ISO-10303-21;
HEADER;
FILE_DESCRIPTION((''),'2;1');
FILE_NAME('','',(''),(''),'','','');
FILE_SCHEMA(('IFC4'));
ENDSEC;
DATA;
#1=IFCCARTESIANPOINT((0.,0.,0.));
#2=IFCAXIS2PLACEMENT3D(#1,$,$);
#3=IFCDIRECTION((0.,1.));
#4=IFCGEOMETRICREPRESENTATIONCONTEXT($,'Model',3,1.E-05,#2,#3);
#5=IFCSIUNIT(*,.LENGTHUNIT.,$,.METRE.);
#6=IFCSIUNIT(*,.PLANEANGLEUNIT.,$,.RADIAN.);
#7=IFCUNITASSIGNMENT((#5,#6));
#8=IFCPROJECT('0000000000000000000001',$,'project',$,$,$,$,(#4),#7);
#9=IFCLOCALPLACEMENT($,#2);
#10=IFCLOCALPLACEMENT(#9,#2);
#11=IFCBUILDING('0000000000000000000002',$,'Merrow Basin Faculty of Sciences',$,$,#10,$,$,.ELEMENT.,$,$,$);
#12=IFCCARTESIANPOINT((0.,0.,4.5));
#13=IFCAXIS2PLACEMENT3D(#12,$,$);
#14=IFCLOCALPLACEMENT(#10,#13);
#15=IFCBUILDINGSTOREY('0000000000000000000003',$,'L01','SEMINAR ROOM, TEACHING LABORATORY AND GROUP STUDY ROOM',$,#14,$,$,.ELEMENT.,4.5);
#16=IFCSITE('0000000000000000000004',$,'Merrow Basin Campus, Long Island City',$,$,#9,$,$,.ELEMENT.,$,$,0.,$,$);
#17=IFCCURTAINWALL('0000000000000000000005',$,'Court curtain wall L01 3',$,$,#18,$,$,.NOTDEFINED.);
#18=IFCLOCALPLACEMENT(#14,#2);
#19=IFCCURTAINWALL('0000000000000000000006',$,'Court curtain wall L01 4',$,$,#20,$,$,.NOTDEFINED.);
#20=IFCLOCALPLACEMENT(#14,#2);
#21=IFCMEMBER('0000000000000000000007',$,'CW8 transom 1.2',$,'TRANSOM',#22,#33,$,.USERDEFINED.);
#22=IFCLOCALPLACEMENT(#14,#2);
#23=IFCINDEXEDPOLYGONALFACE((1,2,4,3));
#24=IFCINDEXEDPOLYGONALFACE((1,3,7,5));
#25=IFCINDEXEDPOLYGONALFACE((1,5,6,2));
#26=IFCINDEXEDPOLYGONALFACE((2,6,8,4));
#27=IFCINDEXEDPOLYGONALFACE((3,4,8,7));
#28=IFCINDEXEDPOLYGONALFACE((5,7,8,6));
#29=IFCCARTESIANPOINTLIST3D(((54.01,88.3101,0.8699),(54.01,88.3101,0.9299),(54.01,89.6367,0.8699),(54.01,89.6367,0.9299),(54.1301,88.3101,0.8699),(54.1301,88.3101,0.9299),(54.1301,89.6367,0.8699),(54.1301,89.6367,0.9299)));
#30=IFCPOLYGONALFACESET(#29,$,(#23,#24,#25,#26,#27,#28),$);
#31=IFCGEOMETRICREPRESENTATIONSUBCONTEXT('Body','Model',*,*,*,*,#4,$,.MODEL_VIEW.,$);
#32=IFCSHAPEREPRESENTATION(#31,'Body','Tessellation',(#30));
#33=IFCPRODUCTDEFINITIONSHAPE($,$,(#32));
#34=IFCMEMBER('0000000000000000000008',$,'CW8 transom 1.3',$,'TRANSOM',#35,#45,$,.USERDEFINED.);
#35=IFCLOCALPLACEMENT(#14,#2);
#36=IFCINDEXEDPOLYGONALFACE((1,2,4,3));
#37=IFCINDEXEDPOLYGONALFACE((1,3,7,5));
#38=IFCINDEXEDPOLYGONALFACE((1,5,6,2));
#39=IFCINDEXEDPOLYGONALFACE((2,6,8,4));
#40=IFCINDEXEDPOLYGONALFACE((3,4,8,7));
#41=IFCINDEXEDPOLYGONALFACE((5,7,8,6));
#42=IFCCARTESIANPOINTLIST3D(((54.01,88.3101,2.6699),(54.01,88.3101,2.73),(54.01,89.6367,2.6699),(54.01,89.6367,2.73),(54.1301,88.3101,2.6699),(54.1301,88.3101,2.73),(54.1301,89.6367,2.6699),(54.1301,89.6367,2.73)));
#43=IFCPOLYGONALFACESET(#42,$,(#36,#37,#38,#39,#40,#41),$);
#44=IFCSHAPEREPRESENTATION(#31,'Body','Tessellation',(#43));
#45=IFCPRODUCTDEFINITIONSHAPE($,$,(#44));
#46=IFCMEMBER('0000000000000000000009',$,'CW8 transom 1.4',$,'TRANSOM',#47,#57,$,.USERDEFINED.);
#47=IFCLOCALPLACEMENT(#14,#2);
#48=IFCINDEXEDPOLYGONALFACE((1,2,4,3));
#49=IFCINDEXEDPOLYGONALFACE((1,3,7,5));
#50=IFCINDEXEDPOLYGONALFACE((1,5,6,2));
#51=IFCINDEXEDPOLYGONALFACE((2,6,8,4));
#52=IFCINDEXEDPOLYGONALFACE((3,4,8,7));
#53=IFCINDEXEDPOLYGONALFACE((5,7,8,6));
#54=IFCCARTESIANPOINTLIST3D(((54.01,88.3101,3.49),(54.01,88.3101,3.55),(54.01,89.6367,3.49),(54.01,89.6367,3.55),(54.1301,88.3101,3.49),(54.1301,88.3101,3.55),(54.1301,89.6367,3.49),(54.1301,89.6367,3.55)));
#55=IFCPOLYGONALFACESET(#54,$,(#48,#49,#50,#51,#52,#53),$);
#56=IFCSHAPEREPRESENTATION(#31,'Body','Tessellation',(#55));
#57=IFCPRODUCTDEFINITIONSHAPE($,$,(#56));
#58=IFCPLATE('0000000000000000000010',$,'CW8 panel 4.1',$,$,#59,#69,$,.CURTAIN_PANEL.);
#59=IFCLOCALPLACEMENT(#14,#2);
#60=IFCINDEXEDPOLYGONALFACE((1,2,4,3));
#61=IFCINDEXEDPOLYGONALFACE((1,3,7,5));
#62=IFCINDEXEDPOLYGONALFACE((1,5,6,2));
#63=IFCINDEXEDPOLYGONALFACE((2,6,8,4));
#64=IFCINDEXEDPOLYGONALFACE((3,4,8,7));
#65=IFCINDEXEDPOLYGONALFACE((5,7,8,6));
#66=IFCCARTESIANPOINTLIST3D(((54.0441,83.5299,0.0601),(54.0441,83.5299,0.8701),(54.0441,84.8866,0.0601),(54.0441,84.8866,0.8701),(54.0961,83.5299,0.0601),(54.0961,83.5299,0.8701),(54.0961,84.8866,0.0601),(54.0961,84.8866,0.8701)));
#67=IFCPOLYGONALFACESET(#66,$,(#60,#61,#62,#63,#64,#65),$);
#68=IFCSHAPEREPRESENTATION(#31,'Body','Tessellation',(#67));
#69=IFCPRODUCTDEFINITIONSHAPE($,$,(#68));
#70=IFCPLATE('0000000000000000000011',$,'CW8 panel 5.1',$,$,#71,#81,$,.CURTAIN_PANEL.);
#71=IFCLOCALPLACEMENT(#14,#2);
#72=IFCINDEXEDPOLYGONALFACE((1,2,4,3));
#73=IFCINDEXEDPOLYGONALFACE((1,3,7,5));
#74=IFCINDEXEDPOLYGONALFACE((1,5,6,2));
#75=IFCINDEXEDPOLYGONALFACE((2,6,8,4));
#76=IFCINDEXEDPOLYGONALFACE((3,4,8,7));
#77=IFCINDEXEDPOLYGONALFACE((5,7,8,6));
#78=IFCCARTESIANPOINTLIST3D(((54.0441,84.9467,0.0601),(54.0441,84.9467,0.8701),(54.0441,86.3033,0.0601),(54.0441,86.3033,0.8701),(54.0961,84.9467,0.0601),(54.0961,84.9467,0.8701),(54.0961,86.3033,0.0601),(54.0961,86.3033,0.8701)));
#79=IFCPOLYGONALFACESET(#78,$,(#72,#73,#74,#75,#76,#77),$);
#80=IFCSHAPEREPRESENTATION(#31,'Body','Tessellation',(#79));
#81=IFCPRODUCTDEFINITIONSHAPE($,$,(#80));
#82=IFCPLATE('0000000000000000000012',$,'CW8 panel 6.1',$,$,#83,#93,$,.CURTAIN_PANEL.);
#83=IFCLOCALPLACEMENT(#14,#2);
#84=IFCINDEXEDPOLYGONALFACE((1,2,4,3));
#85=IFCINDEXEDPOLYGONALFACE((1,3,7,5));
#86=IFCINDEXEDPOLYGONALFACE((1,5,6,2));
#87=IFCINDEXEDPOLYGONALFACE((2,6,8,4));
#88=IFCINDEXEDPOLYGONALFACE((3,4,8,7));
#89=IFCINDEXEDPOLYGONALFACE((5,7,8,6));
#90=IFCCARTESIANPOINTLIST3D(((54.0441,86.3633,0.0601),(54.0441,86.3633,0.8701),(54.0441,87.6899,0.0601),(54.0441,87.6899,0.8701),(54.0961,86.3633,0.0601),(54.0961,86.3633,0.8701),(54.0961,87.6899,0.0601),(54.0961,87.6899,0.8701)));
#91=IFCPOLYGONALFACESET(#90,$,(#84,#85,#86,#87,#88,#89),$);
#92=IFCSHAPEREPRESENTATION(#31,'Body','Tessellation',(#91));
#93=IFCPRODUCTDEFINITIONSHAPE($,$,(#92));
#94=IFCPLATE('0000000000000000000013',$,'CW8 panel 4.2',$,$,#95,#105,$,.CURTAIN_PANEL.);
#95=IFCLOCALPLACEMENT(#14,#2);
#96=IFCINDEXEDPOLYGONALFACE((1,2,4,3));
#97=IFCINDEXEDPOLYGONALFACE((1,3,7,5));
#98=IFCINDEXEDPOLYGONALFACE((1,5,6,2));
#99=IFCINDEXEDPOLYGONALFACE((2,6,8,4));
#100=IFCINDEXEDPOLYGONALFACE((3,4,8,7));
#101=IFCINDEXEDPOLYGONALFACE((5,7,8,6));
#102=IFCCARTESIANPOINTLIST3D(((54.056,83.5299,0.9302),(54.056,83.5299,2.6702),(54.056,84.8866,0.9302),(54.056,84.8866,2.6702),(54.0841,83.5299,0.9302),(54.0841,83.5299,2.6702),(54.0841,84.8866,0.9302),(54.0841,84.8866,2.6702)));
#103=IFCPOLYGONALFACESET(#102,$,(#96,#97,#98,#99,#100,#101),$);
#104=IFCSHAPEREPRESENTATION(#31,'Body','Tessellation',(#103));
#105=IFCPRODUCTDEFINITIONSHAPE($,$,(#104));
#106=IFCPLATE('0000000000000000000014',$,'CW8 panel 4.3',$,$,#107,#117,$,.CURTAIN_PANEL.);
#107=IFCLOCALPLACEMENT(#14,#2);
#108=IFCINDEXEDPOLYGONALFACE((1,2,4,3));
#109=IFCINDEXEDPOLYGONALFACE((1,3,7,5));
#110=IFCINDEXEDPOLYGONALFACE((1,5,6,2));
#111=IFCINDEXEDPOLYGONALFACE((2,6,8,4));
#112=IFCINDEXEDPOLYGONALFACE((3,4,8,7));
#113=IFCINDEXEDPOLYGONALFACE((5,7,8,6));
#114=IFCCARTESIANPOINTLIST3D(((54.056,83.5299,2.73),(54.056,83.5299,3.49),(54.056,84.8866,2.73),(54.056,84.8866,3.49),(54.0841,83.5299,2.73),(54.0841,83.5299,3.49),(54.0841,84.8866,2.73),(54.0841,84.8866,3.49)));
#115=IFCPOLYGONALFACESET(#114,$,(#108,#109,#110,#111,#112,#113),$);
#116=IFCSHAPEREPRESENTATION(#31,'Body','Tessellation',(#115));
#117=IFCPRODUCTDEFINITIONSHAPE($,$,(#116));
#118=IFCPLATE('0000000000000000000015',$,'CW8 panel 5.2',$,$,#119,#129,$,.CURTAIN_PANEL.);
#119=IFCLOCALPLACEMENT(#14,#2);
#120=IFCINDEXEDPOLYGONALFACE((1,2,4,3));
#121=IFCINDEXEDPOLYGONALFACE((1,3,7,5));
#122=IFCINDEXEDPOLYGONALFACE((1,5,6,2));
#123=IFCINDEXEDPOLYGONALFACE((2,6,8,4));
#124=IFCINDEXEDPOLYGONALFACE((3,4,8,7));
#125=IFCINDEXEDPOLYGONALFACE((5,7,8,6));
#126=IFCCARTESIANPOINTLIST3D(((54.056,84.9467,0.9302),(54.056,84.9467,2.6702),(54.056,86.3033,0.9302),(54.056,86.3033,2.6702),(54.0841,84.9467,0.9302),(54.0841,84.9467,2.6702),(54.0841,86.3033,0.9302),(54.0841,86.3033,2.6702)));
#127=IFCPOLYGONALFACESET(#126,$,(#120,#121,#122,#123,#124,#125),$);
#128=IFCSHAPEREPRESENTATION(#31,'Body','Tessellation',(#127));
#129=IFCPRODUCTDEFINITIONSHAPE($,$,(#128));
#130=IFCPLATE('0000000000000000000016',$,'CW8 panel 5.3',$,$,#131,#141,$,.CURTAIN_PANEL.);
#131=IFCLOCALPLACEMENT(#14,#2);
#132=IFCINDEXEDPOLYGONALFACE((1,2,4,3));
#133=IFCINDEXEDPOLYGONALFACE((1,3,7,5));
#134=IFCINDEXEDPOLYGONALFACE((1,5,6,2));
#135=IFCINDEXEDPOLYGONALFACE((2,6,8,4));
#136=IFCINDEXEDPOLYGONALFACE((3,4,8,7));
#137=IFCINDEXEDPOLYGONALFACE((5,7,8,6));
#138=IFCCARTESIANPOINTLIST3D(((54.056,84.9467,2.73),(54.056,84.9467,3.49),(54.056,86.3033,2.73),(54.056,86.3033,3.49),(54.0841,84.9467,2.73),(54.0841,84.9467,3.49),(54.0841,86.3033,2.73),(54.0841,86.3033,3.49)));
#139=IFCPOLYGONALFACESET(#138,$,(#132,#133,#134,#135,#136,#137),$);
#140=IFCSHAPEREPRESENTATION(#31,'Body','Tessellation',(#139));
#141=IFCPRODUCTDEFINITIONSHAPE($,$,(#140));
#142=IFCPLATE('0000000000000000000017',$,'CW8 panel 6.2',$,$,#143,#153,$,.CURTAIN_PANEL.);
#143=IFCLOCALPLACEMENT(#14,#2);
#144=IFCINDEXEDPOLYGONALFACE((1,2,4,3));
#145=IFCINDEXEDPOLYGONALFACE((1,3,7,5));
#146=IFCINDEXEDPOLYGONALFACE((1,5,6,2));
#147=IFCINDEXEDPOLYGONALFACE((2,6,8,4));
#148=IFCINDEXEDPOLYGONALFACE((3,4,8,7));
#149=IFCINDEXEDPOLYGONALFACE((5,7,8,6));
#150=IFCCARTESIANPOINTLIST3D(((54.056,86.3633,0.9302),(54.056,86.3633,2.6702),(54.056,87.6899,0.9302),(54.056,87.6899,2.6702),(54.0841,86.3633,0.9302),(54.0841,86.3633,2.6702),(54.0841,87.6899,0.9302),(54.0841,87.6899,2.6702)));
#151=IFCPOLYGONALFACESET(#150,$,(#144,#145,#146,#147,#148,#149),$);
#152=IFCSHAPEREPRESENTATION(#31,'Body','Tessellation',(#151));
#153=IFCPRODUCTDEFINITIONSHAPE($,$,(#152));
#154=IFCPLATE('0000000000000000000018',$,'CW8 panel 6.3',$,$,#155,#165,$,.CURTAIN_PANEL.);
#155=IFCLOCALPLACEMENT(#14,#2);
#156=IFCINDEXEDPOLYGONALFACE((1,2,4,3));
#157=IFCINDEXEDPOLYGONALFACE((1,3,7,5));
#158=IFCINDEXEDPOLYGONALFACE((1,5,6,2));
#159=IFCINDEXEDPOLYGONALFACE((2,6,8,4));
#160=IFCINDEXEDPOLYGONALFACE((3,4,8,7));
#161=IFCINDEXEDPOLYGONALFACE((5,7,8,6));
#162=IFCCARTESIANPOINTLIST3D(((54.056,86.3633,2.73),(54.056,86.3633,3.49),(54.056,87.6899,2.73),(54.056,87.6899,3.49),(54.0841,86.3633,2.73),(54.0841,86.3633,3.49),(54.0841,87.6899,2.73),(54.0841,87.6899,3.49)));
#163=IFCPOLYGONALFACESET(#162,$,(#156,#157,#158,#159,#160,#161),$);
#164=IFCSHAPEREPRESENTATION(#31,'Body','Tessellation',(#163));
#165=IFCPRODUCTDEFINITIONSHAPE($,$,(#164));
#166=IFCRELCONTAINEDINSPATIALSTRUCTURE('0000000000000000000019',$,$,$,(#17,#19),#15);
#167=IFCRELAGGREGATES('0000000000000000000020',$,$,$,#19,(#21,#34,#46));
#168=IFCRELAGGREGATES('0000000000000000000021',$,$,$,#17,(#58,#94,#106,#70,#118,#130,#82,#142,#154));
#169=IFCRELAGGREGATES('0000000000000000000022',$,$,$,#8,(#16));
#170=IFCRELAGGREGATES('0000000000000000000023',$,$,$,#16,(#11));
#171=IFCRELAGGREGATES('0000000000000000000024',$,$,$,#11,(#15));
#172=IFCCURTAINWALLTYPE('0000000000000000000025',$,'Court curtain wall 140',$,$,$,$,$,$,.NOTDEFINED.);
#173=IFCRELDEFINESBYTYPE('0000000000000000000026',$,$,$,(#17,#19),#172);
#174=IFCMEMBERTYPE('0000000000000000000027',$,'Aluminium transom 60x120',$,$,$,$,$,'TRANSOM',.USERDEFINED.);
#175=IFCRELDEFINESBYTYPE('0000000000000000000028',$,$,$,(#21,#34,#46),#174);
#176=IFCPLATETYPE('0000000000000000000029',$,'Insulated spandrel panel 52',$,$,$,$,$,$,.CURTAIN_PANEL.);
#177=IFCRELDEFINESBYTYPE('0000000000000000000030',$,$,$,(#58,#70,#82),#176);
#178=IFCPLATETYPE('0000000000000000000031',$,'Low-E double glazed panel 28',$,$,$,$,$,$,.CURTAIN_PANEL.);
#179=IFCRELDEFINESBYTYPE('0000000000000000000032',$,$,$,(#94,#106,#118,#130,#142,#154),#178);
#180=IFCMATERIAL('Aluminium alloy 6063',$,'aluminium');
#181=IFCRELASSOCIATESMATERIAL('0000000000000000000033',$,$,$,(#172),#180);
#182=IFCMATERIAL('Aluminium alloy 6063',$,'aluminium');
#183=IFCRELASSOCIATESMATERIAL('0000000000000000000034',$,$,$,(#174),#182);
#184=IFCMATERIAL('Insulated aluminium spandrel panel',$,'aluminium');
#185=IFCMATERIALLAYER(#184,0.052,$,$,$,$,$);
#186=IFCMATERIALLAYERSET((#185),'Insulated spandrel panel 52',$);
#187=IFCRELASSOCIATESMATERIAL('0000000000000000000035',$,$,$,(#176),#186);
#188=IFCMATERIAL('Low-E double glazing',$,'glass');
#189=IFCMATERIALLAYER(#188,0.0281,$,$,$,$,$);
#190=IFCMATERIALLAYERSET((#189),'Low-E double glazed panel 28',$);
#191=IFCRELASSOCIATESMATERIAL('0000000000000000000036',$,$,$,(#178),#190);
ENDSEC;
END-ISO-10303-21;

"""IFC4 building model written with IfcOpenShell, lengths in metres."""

from ifc_helpers import new_model, si_unit, direction, frame, origin, origin_2d, place, context, subcontext, project, spatial, rectangle, extrude, material, layer, layer_set, material_profile, profile_set, type_object, element, aggregate, save


model = new_model("IFC4")

# Units and contexts
model_context = context("Model", 3, precision=1e-05, world=origin(), true_north=direction((0.0, 1.0)))
body_context = subcontext(model_context, "Body", "Model", "MODEL_VIEW")
ifc_project = project(units=[si_unit("LENGTHUNIT", "METRE"), si_unit("PLANEANGLEUNIT", "RADIAN")], contexts=[model_context])

# Site, building, storey
site_placement = place(None, origin())
site = spatial("IfcSite", under=ifc_project, at=site_placement, Name="Merrow Basin Campus, Long Island City", CompositionType="ELEMENT", RefElevation=0.0)
building_placement = place(site_placement, origin())
building = spatial("IfcBuilding", under=site, at=building_placement, Name="Merrow Basin Faculty of Sciences", CompositionType="ELEMENT")
storey_placement = place(building_placement, frame((0.0, 0.0, 4.5)))
storey = spatial("IfcBuildingStorey", under=building, at=storey_placement, Name="L01", Description="SEMINAR ROOM, TEACHING LABORATORY AND GROUP STUDY ROOM", CompositionType="ELEMENT", Elevation=4.5)

# Curtain wall
ifc_material_1 = material(Name="Aluminium alloy 6063", Category="aluminium")
curtain_wall_type = type_object("IfcCurtainWallType", Name="Court curtain wall 140", PredefinedType="NOTDEFINED", material=ifc_material_1)
curtain_wall_1_placement = place(storey_placement, origin())
curtain_wall_1 = element("IfcCurtainWall", 1, at=curtain_wall_1_placement, inside=storey, type_object=curtain_wall_type, Name="Court curtain wall L01 3", PredefinedType="NOTDEFINED")

# Curtain wall
curtain_wall_2_placement = place(storey_placement, origin())
curtain_wall_2 = element("IfcCurtainWall", 2, at=curtain_wall_2_placement, inside=storey, type_object=curtain_wall_type, Name="Court curtain wall L01 4", PredefinedType="NOTDEFINED")

# Members
ifc_material_2 = material(Name="Aluminium alloy 6063", Category="aluminium")
ifc_material_profile_1 = material_profile(ifc_material_2, rectangle(XDim=0.1201, YDim=0.0601, at=origin_2d()))
ifc_profile_set_1 = profile_set([ifc_material_profile_1], Name="Aluminium alloy 6063")
member_type_1 = type_object("IfcMemberType", Name="Aluminium transom 60x120", ElementType="TRANSOM", PredefinedType="USERDEFINED", material=ifc_profile_set_1)
member_1_placement = place(storey_placement, frame((54.0701, 88.3101, 0.8999), z_axis=(0.0, 1.0, 0.0), x_axis=(-1.0, 0.0, 0.0)))
member_1 = element("IfcMember", 3, at=member_1_placement, type_object=member_type_1, Name="CW8 transom 1.2", ObjectType="TRANSOM", PredefinedType="USERDEFINED", context=body_context, shape_type="SweptSolid", body=[
    extrude(rectangle(XDim=0.1201, YDim=0.0601, at=origin_2d()), origin(), (0.0, 0.0, 1.0), 1.3267),
])
member_2_placement = place(storey_placement, frame((54.0701, 88.3101, 2.7), z_axis=(0.0, 1.0, 0.0), x_axis=(-1.0, 0.0, 0.0)))
member_2 = element("IfcMember", 4, at=member_2_placement, type_object=member_type_1, Name="CW8 transom 1.3", ObjectType="TRANSOM", PredefinedType="USERDEFINED", context=body_context, shape_type="SweptSolid", body=[
    extrude(rectangle(XDim=0.1201, YDim=0.0601, at=origin_2d()), origin(), (0.0, 0.0, 1.0), 1.3267),
])
member_3_placement = place(storey_placement, frame((54.0701, 88.3101, 3.52), z_axis=(0.0, 1.0, 0.0), x_axis=(-1.0, 0.0, 0.0)))
member_3 = element("IfcMember", 5, at=member_3_placement, type_object=member_type_1, Name="CW8 transom 1.4", ObjectType="TRANSOM", PredefinedType="USERDEFINED", context=body_context, shape_type="SweptSolid", body=[
    extrude(rectangle(XDim=0.1201, YDim=0.0601, at=origin_2d()), origin(), (0.0, 0.0, 1.0), 1.3267),
])
aggregate(curtain_wall_2, [member_1, member_2, member_3])

# Plates
ifc_material_3 = material(Name="Insulated aluminium spandrel panel", Category="aluminium")
ifc_layer_1 = layer(ifc_material_3, 0.052)
ifc_layer_set_1 = layer_set([ifc_layer_1], Name="Insulated spandrel panel 52")
plate_type_1 = type_object("IfcPlateType", Name="Insulated spandrel panel 52", PredefinedType="CURTAIN_PANEL", material=ifc_layer_set_1)
plate_1_placement = place(storey_placement, frame((54.0701, 84.2083, 0.0601), z_axis=(0.0, 0.0, 1.0), x_axis=(0.0, 1.0, 0.0)))
plate_1 = element("IfcPlate", 6, at=plate_1_placement, type_object=plate_type_1, Name="CW8 panel 4.1", PredefinedType="CURTAIN_PANEL", context=body_context, shape_type="SweptSolid", body=[
    extrude(rectangle(XDim=1.3567, YDim=0.052, at=origin_2d()), origin(), (0.0, 0.0, 1.0), 0.8101),
])
plate_2_placement = place(storey_placement, frame((54.0701, 85.625, 0.0601), z_axis=(0.0, 0.0, 1.0), x_axis=(0.0, 1.0, 0.0)))
plate_2 = element("IfcPlate", 7, at=plate_2_placement, type_object=plate_type_1, Name="CW8 panel 5.1", PredefinedType="CURTAIN_PANEL", context=body_context, shape_type="SweptSolid", body=[
    extrude(rectangle(XDim=1.3567, YDim=0.052, at=origin_2d()), origin(), (0.0, 0.0, 1.0), 0.8101),
])
plate_3_placement = place(storey_placement, frame((54.0701, 87.0266, 0.0601), z_axis=(0.0, 0.0, 1.0), x_axis=(0.0, 1.0, 0.0)))
plate_3 = element("IfcPlate", 8, at=plate_3_placement, type_object=plate_type_1, Name="CW8 panel 6.1", PredefinedType="CURTAIN_PANEL", context=body_context, shape_type="SweptSolid", body=[
    extrude(rectangle(XDim=1.3267, YDim=0.052, at=origin_2d()), origin(), (0.0, 0.0, 1.0), 0.8101),
])
ifc_material_4 = material(Name="Low-E double glazing", Category="glass")
ifc_layer_2 = layer(ifc_material_4, 0.0281)
ifc_layer_set_2 = layer_set([ifc_layer_2], Name="Low-E double glazed panel 28")
plate_type_2 = type_object("IfcPlateType", Name="Low-E double glazed panel 28", PredefinedType="CURTAIN_PANEL", material=ifc_layer_set_2)
plate_4_placement = place(storey_placement, frame((54.0701, 84.2083, 0.9302), z_axis=(0.0, 0.0, 1.0), x_axis=(0.0, 1.0, 0.0)))
plate_4 = element("IfcPlate", 9, at=plate_4_placement, type_object=plate_type_2, Name="CW8 panel 4.2", PredefinedType="CURTAIN_PANEL", context=body_context, shape_type="SweptSolid", body=[
    extrude(rectangle(XDim=1.3567, YDim=0.0281, at=origin_2d()), origin(), (0.0, 0.0, 1.0), 1.74),
])
plate_5_placement = place(storey_placement, frame((54.0701, 84.2083, 2.73), z_axis=(0.0, 0.0, 1.0), x_axis=(0.0, 1.0, 0.0)))
plate_5 = element("IfcPlate", 10, at=plate_5_placement, type_object=plate_type_2, Name="CW8 panel 4.3", PredefinedType="CURTAIN_PANEL", context=body_context, shape_type="SweptSolid", body=[
    extrude(rectangle(XDim=1.3567, YDim=0.0281, at=origin_2d()), origin(), (0.0, 0.0, 1.0), 0.76),
])
plate_6_placement = place(storey_placement, frame((54.0701, 85.625, 0.9302), z_axis=(0.0, 0.0, 1.0), x_axis=(0.0, 1.0, 0.0)))
plate_6 = element("IfcPlate", 11, at=plate_6_placement, type_object=plate_type_2, Name="CW8 panel 5.2", PredefinedType="CURTAIN_PANEL", context=body_context, shape_type="SweptSolid", body=[
    extrude(rectangle(XDim=1.3567, YDim=0.0281, at=origin_2d()), origin(), (0.0, 0.0, 1.0), 1.74),
])
plate_7_placement = place(storey_placement, frame((54.0701, 85.625, 2.73), z_axis=(0.0, 0.0, 1.0), x_axis=(0.0, 1.0, 0.0)))
plate_7 = element("IfcPlate", 12, at=plate_7_placement, type_object=plate_type_2, Name="CW8 panel 5.3", PredefinedType="CURTAIN_PANEL", context=body_context, shape_type="SweptSolid", body=[
    extrude(rectangle(XDim=1.3567, YDim=0.0281, at=origin_2d()), origin(), (0.0, 0.0, 1.0), 0.76),
])
plate_8_placement = place(storey_placement, frame((54.0701, 87.0266, 0.9302), z_axis=(0.0, 0.0, 1.0), x_axis=(0.0, 1.0, 0.0)))
plate_8 = element("IfcPlate", 13, at=plate_8_placement, type_object=plate_type_2, Name="CW8 panel 6.2", PredefinedType="CURTAIN_PANEL", context=body_context, shape_type="SweptSolid", body=[
    extrude(rectangle(XDim=1.3267, YDim=0.0281, at=origin_2d()), origin(), (0.0, 0.0, 1.0), 1.74),
])
plate_9_placement = place(storey_placement, frame((54.0701, 87.0266, 2.73), z_axis=(0.0, 0.0, 1.0), x_axis=(0.0, 1.0, 0.0)))
plate_9 = element("IfcPlate", 14, at=plate_9_placement, type_object=plate_type_2, Name="CW8 panel 6.3", PredefinedType="CURTAIN_PANEL", context=body_context, shape_type="SweptSolid", body=[
    extrude(rectangle(XDim=1.3267, YDim=0.0281, at=origin_2d()), origin(), (0.0, 0.0, 1.0), 0.76),
])
aggregate(curtain_wall_1, [plate_1, plate_4, plate_5, plate_2, plate_6, plate_7, plate_3, plate_8, plate_9])

save(model, "model.ifc")
